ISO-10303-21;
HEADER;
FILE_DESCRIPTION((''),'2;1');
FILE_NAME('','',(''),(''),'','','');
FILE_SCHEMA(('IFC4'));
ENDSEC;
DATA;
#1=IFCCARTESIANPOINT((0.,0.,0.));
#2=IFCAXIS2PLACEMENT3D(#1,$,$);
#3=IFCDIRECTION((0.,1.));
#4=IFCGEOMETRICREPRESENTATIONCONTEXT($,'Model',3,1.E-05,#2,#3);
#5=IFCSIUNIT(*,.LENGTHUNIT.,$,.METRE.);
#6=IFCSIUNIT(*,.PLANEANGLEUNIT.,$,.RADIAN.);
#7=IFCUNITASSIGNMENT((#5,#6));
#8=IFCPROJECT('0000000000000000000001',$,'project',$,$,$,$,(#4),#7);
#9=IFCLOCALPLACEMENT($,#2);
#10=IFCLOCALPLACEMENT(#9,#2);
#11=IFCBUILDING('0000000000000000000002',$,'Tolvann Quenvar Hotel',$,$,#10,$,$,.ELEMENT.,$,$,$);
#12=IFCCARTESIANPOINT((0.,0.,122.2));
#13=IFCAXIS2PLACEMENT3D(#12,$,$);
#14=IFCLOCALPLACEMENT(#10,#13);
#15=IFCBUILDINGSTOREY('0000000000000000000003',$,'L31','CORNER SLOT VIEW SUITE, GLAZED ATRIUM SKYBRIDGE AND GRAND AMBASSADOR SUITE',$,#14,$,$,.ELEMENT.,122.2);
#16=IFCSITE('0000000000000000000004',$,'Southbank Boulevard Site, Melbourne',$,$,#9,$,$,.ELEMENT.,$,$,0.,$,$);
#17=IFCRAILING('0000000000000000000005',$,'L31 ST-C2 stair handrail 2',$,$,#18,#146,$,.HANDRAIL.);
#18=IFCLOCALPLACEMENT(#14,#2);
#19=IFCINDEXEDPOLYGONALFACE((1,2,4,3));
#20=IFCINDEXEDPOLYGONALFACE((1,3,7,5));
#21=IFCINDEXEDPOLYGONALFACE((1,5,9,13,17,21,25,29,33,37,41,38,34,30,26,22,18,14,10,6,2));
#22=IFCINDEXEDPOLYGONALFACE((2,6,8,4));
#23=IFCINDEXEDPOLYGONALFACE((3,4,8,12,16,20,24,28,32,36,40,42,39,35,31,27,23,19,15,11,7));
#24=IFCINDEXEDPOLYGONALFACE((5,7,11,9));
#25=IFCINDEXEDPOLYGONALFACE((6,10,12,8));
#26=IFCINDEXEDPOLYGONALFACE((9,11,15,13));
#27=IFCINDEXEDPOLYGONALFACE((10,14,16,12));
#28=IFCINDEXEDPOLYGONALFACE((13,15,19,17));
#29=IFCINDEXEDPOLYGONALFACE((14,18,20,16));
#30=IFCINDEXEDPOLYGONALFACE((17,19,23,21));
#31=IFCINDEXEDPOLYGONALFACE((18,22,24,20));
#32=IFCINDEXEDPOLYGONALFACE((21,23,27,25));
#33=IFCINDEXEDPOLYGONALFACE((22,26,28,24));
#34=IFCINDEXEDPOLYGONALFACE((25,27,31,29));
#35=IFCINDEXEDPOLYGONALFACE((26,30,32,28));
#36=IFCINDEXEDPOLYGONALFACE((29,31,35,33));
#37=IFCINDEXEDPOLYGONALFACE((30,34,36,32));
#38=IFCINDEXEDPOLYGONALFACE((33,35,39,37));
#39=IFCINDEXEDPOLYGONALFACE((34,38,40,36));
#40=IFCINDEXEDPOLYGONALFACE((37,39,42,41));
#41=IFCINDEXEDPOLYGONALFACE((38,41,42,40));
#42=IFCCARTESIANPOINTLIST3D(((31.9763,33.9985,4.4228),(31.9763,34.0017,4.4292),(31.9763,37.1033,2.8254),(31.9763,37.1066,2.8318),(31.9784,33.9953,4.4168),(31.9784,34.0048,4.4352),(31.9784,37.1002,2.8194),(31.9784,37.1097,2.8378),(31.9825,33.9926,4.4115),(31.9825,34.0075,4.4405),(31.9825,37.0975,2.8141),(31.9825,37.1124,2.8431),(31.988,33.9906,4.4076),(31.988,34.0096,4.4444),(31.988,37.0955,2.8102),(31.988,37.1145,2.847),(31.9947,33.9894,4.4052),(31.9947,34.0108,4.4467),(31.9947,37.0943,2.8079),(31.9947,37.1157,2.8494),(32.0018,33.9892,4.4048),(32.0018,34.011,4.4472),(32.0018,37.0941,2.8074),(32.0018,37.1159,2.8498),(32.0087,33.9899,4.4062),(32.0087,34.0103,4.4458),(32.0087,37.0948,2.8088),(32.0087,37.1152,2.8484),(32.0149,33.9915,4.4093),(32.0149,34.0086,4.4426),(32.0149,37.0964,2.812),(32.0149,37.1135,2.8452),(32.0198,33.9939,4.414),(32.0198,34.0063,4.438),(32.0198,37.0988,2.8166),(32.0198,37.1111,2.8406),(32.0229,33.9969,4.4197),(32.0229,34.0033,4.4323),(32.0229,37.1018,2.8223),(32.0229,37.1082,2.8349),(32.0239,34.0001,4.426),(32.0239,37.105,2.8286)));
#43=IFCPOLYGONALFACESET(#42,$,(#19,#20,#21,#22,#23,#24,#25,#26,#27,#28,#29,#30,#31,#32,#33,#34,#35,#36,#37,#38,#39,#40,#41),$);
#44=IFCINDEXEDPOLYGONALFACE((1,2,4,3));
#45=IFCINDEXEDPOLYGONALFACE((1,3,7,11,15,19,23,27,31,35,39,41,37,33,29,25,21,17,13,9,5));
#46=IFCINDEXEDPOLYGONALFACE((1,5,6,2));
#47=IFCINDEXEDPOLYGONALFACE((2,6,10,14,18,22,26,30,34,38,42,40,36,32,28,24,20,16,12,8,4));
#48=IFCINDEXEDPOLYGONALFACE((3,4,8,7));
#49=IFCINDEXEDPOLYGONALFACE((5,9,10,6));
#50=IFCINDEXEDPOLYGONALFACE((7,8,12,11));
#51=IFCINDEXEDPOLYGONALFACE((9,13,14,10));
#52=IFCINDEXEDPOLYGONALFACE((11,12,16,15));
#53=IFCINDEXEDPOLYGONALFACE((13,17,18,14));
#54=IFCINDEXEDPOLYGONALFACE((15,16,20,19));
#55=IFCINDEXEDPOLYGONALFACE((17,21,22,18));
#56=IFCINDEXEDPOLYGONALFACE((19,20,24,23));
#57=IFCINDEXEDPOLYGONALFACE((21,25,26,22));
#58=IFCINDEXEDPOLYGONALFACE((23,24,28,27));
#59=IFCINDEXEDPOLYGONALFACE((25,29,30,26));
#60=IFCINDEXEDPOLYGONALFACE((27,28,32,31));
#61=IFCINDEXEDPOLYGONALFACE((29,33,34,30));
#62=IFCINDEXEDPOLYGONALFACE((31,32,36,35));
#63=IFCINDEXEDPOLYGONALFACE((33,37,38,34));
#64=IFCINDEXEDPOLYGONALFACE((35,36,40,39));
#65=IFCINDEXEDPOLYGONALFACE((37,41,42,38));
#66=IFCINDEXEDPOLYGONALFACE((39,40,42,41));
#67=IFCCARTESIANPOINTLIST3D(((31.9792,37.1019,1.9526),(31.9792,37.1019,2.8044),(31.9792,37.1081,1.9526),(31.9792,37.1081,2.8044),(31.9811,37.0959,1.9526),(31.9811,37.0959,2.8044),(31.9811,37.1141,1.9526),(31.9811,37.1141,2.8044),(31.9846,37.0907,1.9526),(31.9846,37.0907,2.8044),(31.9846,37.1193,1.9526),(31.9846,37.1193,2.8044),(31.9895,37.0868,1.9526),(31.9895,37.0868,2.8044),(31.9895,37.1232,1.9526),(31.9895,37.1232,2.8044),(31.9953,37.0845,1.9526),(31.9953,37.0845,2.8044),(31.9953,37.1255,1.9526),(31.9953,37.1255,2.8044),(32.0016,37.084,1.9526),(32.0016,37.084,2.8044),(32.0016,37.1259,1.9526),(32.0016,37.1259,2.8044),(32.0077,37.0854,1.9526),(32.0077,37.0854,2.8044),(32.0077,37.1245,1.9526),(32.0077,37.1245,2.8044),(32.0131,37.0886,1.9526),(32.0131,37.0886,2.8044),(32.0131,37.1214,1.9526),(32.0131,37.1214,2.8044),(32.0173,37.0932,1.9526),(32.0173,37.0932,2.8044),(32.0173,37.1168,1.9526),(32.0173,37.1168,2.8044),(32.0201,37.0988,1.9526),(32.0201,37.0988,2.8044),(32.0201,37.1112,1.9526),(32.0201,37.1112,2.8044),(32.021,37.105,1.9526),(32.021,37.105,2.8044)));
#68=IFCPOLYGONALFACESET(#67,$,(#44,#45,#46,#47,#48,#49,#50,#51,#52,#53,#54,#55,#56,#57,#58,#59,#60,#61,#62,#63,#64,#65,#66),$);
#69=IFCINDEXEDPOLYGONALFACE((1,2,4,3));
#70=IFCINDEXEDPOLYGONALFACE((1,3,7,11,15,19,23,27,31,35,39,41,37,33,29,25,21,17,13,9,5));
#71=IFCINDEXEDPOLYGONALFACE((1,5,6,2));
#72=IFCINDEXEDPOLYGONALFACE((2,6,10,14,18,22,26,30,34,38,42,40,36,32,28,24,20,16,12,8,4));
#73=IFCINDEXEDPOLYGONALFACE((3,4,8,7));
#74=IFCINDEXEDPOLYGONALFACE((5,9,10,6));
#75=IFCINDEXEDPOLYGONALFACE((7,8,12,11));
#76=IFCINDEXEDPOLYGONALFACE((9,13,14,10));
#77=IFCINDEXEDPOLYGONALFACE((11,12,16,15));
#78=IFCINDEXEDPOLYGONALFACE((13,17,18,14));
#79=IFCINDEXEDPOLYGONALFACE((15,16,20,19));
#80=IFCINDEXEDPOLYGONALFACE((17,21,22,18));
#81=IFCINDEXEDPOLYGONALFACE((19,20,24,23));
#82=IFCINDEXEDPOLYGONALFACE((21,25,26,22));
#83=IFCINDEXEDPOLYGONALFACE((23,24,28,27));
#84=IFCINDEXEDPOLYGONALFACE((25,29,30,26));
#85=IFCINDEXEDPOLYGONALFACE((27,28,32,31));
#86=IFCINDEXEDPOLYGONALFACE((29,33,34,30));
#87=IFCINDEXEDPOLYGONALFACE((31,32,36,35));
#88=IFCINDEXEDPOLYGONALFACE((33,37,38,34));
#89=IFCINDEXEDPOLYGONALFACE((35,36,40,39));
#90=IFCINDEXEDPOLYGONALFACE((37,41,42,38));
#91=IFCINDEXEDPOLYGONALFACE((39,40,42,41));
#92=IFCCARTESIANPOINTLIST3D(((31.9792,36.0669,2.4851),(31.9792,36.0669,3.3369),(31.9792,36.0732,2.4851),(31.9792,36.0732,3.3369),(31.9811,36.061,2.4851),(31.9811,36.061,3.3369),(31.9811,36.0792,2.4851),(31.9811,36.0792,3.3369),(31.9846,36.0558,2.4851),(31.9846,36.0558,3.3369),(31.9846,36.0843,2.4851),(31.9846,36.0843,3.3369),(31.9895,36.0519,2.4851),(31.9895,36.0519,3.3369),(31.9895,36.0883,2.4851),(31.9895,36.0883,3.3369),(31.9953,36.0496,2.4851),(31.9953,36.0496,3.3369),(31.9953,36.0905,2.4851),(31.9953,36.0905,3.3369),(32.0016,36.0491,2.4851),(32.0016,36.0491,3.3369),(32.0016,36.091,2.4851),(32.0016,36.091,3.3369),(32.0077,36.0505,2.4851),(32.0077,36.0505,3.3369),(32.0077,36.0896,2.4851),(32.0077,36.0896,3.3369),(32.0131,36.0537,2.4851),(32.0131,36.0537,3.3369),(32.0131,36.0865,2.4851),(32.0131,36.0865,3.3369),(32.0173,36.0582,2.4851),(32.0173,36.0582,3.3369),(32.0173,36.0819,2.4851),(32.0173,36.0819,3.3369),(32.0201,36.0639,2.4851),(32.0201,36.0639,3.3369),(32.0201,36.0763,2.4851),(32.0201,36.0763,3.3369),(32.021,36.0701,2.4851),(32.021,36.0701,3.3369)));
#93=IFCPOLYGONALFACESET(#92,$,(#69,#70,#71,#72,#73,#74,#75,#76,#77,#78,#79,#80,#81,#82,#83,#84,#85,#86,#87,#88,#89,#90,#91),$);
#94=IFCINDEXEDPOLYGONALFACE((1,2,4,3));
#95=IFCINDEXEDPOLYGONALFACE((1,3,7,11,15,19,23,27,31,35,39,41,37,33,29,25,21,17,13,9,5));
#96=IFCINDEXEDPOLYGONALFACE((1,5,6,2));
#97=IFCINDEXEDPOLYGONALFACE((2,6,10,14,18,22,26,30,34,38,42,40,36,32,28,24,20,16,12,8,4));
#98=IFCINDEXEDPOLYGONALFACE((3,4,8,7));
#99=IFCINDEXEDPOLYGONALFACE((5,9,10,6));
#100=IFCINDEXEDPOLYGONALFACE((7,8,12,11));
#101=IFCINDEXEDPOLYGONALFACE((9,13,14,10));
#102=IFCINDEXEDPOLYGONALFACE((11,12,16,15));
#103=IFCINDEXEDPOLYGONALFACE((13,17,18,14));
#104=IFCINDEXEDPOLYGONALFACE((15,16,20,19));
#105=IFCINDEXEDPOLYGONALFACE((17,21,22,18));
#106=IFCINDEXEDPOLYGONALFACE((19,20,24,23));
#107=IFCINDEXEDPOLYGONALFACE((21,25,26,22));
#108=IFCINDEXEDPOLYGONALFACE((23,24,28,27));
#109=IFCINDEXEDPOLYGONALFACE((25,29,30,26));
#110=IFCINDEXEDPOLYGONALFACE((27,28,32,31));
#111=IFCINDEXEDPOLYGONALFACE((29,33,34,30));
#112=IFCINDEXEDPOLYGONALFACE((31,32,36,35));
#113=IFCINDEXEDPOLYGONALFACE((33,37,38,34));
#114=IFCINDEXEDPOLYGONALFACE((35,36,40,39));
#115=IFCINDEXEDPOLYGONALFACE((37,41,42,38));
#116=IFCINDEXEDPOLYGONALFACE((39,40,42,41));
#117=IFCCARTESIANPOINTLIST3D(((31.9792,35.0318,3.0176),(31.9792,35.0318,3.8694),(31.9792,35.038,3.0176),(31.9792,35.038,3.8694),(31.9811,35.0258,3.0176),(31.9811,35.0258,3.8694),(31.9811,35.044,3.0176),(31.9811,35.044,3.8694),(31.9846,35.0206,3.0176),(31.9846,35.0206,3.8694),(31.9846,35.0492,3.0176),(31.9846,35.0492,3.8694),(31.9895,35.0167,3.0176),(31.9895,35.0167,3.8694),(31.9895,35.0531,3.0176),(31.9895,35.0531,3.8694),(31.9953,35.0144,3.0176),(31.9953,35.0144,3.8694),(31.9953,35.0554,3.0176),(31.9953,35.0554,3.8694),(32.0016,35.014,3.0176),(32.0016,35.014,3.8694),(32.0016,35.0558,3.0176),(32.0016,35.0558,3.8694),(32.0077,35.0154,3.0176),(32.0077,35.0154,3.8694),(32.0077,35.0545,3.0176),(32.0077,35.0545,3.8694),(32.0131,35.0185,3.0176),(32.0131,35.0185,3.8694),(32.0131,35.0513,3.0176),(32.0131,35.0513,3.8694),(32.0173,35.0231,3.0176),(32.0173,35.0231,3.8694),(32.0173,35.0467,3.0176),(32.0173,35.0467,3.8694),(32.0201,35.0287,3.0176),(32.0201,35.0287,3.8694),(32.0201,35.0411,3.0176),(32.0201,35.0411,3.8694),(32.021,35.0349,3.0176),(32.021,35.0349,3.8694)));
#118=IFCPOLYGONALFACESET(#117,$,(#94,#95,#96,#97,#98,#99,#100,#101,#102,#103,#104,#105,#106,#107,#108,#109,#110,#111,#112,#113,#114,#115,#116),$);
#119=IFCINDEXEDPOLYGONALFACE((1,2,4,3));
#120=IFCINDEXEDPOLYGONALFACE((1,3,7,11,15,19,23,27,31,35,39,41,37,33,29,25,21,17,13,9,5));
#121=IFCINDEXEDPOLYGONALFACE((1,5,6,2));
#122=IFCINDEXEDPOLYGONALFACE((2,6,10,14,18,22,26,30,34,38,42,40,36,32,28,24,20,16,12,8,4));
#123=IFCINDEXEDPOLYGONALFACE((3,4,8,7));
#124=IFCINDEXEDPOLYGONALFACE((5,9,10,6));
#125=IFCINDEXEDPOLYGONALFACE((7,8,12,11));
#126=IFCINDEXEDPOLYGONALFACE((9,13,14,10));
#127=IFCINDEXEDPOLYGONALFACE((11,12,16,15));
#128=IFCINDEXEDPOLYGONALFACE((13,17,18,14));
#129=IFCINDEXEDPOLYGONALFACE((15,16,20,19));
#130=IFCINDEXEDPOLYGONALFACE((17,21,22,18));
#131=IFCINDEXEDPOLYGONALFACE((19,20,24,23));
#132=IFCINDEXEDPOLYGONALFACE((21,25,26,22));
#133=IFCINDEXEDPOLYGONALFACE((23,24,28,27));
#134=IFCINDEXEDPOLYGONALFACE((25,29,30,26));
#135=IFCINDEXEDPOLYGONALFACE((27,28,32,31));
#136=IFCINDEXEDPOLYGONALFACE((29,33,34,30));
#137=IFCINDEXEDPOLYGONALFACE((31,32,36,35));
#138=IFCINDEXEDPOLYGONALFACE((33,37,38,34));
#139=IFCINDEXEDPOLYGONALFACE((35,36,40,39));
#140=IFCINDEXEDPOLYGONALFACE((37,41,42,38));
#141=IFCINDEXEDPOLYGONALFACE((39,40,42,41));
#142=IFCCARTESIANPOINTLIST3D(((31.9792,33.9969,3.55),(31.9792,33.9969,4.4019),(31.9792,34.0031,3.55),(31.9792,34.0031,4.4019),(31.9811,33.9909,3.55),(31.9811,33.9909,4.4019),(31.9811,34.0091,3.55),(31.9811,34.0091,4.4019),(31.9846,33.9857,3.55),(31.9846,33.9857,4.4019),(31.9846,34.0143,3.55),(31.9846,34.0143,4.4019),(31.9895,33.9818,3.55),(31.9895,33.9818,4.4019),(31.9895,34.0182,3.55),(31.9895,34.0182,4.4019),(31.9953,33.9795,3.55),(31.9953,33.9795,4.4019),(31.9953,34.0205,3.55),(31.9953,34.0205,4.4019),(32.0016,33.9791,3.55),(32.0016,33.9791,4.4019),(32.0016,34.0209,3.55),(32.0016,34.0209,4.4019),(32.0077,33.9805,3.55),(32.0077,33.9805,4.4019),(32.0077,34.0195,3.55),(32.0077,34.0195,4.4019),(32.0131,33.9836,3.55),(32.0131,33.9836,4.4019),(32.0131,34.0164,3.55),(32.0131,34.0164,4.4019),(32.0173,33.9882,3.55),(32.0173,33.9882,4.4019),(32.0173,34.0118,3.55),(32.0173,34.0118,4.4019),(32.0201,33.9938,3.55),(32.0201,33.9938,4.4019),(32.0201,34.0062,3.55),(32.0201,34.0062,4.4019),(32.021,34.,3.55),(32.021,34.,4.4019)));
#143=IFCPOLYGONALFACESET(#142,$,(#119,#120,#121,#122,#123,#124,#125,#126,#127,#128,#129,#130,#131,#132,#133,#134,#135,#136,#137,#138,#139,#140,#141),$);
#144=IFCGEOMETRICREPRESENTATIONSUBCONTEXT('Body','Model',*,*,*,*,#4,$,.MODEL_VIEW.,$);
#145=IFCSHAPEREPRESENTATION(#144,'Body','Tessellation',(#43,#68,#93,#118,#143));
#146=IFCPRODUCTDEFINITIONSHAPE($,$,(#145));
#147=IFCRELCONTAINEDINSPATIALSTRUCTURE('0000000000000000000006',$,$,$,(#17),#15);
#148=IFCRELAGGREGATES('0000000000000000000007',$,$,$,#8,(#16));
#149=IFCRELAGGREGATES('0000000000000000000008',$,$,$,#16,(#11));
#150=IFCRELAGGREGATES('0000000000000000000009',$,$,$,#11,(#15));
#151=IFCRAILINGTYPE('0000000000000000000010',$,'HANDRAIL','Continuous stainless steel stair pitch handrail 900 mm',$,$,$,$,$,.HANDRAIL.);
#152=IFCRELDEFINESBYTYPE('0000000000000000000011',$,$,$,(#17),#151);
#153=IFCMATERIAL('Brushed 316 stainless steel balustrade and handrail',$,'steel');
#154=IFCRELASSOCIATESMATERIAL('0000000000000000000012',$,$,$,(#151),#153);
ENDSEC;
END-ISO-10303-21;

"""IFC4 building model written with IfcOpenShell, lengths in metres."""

from ifc_helpers import new_model, si_unit, direction, frame, origin, origin_2d, place, context, subcontext, project, spatial, circle, extrude, material, type_object, element, save


model = new_model("IFC4")

# Units and contexts
model_context = context("Model", 3, precision=1e-05, world=origin(), true_north=direction((0.0, 1.0)))
body_context = subcontext(model_context, "Body", "Model", "MODEL_VIEW")
ifc_project = project(units=[si_unit("LENGTHUNIT", "METRE"), si_unit("PLANEANGLEUNIT", "RADIAN")], contexts=[model_context])

# Site, building, storey
site_placement = place(None, origin())
site = spatial("IfcSite", under=ifc_project, at=site_placement, Name="Southbank Boulevard Site, Melbourne", CompositionType="ELEMENT", RefElevation=0.0)
building_placement = place(site_placement, origin())
building = spatial("IfcBuilding", under=site, at=building_placement, Name="Tolvann Quenvar Hotel", CompositionType="ELEMENT")
storey_placement = place(building_placement, frame((0.0, 0.0, 122.2)))
storey = spatial("IfcBuildingStorey", under=building, at=storey_placement, Name="L31", Description="CORNER SLOT VIEW SUITE, GLAZED ATRIUM SKYBRIDGE AND GRAND AMBASSADOR SUITE", CompositionType="ELEMENT", Elevation=122.2)

# Railing
ifc_material_1 = material(Name="Brushed 316 stainless steel balustrade and handrail", Category="steel")
railing_type_1 = type_object("IfcRailingType", Name="HANDRAIL", Description="Continuous stainless steel stair pitch handrail 900 mm", PredefinedType="HANDRAIL", material=ifc_material_1)
railing_1_placement = place(storey_placement, frame((32.0, 37.105, 1.9526)))
element("IfcRailing", 1, at=railing_1_placement, inside=storey, type_object=railing_type_1, Name="L31 ST-C2 stair handrail 2", PredefinedType="HANDRAIL", context=body_context, shape_type="SweptSolid", body=[
    extrude(circle(Radius=0.0239, at=origin_2d()), frame((0.0, 0.0, 0.876), z_axis=(0.0, -0.889222, 0.457476), x_axis=(1.0, 0.0, 0.0)), (0.0, 0.0, 1.0), 3.4917),
    extrude(circle(Radius=0.021, at=origin_2d()), origin(), (0.0, 0.0, 1.0), 0.8518),
    extrude(circle(Radius=0.021, at=origin_2d()), frame((0.0, -1.0349, 0.5325)), (0.0, 0.0, 1.0), 0.8518),
    extrude(circle(Radius=0.021, at=origin_2d()), frame((0.0, -2.0701, 1.0649)), (0.0, 0.0, 1.0), 0.8518),
    extrude(circle(Radius=0.021, at=origin_2d()), frame((0.0, -3.105, 1.5974)), (0.0, 0.0, 1.0), 0.8518),
])

save(model, "model.ifc")
